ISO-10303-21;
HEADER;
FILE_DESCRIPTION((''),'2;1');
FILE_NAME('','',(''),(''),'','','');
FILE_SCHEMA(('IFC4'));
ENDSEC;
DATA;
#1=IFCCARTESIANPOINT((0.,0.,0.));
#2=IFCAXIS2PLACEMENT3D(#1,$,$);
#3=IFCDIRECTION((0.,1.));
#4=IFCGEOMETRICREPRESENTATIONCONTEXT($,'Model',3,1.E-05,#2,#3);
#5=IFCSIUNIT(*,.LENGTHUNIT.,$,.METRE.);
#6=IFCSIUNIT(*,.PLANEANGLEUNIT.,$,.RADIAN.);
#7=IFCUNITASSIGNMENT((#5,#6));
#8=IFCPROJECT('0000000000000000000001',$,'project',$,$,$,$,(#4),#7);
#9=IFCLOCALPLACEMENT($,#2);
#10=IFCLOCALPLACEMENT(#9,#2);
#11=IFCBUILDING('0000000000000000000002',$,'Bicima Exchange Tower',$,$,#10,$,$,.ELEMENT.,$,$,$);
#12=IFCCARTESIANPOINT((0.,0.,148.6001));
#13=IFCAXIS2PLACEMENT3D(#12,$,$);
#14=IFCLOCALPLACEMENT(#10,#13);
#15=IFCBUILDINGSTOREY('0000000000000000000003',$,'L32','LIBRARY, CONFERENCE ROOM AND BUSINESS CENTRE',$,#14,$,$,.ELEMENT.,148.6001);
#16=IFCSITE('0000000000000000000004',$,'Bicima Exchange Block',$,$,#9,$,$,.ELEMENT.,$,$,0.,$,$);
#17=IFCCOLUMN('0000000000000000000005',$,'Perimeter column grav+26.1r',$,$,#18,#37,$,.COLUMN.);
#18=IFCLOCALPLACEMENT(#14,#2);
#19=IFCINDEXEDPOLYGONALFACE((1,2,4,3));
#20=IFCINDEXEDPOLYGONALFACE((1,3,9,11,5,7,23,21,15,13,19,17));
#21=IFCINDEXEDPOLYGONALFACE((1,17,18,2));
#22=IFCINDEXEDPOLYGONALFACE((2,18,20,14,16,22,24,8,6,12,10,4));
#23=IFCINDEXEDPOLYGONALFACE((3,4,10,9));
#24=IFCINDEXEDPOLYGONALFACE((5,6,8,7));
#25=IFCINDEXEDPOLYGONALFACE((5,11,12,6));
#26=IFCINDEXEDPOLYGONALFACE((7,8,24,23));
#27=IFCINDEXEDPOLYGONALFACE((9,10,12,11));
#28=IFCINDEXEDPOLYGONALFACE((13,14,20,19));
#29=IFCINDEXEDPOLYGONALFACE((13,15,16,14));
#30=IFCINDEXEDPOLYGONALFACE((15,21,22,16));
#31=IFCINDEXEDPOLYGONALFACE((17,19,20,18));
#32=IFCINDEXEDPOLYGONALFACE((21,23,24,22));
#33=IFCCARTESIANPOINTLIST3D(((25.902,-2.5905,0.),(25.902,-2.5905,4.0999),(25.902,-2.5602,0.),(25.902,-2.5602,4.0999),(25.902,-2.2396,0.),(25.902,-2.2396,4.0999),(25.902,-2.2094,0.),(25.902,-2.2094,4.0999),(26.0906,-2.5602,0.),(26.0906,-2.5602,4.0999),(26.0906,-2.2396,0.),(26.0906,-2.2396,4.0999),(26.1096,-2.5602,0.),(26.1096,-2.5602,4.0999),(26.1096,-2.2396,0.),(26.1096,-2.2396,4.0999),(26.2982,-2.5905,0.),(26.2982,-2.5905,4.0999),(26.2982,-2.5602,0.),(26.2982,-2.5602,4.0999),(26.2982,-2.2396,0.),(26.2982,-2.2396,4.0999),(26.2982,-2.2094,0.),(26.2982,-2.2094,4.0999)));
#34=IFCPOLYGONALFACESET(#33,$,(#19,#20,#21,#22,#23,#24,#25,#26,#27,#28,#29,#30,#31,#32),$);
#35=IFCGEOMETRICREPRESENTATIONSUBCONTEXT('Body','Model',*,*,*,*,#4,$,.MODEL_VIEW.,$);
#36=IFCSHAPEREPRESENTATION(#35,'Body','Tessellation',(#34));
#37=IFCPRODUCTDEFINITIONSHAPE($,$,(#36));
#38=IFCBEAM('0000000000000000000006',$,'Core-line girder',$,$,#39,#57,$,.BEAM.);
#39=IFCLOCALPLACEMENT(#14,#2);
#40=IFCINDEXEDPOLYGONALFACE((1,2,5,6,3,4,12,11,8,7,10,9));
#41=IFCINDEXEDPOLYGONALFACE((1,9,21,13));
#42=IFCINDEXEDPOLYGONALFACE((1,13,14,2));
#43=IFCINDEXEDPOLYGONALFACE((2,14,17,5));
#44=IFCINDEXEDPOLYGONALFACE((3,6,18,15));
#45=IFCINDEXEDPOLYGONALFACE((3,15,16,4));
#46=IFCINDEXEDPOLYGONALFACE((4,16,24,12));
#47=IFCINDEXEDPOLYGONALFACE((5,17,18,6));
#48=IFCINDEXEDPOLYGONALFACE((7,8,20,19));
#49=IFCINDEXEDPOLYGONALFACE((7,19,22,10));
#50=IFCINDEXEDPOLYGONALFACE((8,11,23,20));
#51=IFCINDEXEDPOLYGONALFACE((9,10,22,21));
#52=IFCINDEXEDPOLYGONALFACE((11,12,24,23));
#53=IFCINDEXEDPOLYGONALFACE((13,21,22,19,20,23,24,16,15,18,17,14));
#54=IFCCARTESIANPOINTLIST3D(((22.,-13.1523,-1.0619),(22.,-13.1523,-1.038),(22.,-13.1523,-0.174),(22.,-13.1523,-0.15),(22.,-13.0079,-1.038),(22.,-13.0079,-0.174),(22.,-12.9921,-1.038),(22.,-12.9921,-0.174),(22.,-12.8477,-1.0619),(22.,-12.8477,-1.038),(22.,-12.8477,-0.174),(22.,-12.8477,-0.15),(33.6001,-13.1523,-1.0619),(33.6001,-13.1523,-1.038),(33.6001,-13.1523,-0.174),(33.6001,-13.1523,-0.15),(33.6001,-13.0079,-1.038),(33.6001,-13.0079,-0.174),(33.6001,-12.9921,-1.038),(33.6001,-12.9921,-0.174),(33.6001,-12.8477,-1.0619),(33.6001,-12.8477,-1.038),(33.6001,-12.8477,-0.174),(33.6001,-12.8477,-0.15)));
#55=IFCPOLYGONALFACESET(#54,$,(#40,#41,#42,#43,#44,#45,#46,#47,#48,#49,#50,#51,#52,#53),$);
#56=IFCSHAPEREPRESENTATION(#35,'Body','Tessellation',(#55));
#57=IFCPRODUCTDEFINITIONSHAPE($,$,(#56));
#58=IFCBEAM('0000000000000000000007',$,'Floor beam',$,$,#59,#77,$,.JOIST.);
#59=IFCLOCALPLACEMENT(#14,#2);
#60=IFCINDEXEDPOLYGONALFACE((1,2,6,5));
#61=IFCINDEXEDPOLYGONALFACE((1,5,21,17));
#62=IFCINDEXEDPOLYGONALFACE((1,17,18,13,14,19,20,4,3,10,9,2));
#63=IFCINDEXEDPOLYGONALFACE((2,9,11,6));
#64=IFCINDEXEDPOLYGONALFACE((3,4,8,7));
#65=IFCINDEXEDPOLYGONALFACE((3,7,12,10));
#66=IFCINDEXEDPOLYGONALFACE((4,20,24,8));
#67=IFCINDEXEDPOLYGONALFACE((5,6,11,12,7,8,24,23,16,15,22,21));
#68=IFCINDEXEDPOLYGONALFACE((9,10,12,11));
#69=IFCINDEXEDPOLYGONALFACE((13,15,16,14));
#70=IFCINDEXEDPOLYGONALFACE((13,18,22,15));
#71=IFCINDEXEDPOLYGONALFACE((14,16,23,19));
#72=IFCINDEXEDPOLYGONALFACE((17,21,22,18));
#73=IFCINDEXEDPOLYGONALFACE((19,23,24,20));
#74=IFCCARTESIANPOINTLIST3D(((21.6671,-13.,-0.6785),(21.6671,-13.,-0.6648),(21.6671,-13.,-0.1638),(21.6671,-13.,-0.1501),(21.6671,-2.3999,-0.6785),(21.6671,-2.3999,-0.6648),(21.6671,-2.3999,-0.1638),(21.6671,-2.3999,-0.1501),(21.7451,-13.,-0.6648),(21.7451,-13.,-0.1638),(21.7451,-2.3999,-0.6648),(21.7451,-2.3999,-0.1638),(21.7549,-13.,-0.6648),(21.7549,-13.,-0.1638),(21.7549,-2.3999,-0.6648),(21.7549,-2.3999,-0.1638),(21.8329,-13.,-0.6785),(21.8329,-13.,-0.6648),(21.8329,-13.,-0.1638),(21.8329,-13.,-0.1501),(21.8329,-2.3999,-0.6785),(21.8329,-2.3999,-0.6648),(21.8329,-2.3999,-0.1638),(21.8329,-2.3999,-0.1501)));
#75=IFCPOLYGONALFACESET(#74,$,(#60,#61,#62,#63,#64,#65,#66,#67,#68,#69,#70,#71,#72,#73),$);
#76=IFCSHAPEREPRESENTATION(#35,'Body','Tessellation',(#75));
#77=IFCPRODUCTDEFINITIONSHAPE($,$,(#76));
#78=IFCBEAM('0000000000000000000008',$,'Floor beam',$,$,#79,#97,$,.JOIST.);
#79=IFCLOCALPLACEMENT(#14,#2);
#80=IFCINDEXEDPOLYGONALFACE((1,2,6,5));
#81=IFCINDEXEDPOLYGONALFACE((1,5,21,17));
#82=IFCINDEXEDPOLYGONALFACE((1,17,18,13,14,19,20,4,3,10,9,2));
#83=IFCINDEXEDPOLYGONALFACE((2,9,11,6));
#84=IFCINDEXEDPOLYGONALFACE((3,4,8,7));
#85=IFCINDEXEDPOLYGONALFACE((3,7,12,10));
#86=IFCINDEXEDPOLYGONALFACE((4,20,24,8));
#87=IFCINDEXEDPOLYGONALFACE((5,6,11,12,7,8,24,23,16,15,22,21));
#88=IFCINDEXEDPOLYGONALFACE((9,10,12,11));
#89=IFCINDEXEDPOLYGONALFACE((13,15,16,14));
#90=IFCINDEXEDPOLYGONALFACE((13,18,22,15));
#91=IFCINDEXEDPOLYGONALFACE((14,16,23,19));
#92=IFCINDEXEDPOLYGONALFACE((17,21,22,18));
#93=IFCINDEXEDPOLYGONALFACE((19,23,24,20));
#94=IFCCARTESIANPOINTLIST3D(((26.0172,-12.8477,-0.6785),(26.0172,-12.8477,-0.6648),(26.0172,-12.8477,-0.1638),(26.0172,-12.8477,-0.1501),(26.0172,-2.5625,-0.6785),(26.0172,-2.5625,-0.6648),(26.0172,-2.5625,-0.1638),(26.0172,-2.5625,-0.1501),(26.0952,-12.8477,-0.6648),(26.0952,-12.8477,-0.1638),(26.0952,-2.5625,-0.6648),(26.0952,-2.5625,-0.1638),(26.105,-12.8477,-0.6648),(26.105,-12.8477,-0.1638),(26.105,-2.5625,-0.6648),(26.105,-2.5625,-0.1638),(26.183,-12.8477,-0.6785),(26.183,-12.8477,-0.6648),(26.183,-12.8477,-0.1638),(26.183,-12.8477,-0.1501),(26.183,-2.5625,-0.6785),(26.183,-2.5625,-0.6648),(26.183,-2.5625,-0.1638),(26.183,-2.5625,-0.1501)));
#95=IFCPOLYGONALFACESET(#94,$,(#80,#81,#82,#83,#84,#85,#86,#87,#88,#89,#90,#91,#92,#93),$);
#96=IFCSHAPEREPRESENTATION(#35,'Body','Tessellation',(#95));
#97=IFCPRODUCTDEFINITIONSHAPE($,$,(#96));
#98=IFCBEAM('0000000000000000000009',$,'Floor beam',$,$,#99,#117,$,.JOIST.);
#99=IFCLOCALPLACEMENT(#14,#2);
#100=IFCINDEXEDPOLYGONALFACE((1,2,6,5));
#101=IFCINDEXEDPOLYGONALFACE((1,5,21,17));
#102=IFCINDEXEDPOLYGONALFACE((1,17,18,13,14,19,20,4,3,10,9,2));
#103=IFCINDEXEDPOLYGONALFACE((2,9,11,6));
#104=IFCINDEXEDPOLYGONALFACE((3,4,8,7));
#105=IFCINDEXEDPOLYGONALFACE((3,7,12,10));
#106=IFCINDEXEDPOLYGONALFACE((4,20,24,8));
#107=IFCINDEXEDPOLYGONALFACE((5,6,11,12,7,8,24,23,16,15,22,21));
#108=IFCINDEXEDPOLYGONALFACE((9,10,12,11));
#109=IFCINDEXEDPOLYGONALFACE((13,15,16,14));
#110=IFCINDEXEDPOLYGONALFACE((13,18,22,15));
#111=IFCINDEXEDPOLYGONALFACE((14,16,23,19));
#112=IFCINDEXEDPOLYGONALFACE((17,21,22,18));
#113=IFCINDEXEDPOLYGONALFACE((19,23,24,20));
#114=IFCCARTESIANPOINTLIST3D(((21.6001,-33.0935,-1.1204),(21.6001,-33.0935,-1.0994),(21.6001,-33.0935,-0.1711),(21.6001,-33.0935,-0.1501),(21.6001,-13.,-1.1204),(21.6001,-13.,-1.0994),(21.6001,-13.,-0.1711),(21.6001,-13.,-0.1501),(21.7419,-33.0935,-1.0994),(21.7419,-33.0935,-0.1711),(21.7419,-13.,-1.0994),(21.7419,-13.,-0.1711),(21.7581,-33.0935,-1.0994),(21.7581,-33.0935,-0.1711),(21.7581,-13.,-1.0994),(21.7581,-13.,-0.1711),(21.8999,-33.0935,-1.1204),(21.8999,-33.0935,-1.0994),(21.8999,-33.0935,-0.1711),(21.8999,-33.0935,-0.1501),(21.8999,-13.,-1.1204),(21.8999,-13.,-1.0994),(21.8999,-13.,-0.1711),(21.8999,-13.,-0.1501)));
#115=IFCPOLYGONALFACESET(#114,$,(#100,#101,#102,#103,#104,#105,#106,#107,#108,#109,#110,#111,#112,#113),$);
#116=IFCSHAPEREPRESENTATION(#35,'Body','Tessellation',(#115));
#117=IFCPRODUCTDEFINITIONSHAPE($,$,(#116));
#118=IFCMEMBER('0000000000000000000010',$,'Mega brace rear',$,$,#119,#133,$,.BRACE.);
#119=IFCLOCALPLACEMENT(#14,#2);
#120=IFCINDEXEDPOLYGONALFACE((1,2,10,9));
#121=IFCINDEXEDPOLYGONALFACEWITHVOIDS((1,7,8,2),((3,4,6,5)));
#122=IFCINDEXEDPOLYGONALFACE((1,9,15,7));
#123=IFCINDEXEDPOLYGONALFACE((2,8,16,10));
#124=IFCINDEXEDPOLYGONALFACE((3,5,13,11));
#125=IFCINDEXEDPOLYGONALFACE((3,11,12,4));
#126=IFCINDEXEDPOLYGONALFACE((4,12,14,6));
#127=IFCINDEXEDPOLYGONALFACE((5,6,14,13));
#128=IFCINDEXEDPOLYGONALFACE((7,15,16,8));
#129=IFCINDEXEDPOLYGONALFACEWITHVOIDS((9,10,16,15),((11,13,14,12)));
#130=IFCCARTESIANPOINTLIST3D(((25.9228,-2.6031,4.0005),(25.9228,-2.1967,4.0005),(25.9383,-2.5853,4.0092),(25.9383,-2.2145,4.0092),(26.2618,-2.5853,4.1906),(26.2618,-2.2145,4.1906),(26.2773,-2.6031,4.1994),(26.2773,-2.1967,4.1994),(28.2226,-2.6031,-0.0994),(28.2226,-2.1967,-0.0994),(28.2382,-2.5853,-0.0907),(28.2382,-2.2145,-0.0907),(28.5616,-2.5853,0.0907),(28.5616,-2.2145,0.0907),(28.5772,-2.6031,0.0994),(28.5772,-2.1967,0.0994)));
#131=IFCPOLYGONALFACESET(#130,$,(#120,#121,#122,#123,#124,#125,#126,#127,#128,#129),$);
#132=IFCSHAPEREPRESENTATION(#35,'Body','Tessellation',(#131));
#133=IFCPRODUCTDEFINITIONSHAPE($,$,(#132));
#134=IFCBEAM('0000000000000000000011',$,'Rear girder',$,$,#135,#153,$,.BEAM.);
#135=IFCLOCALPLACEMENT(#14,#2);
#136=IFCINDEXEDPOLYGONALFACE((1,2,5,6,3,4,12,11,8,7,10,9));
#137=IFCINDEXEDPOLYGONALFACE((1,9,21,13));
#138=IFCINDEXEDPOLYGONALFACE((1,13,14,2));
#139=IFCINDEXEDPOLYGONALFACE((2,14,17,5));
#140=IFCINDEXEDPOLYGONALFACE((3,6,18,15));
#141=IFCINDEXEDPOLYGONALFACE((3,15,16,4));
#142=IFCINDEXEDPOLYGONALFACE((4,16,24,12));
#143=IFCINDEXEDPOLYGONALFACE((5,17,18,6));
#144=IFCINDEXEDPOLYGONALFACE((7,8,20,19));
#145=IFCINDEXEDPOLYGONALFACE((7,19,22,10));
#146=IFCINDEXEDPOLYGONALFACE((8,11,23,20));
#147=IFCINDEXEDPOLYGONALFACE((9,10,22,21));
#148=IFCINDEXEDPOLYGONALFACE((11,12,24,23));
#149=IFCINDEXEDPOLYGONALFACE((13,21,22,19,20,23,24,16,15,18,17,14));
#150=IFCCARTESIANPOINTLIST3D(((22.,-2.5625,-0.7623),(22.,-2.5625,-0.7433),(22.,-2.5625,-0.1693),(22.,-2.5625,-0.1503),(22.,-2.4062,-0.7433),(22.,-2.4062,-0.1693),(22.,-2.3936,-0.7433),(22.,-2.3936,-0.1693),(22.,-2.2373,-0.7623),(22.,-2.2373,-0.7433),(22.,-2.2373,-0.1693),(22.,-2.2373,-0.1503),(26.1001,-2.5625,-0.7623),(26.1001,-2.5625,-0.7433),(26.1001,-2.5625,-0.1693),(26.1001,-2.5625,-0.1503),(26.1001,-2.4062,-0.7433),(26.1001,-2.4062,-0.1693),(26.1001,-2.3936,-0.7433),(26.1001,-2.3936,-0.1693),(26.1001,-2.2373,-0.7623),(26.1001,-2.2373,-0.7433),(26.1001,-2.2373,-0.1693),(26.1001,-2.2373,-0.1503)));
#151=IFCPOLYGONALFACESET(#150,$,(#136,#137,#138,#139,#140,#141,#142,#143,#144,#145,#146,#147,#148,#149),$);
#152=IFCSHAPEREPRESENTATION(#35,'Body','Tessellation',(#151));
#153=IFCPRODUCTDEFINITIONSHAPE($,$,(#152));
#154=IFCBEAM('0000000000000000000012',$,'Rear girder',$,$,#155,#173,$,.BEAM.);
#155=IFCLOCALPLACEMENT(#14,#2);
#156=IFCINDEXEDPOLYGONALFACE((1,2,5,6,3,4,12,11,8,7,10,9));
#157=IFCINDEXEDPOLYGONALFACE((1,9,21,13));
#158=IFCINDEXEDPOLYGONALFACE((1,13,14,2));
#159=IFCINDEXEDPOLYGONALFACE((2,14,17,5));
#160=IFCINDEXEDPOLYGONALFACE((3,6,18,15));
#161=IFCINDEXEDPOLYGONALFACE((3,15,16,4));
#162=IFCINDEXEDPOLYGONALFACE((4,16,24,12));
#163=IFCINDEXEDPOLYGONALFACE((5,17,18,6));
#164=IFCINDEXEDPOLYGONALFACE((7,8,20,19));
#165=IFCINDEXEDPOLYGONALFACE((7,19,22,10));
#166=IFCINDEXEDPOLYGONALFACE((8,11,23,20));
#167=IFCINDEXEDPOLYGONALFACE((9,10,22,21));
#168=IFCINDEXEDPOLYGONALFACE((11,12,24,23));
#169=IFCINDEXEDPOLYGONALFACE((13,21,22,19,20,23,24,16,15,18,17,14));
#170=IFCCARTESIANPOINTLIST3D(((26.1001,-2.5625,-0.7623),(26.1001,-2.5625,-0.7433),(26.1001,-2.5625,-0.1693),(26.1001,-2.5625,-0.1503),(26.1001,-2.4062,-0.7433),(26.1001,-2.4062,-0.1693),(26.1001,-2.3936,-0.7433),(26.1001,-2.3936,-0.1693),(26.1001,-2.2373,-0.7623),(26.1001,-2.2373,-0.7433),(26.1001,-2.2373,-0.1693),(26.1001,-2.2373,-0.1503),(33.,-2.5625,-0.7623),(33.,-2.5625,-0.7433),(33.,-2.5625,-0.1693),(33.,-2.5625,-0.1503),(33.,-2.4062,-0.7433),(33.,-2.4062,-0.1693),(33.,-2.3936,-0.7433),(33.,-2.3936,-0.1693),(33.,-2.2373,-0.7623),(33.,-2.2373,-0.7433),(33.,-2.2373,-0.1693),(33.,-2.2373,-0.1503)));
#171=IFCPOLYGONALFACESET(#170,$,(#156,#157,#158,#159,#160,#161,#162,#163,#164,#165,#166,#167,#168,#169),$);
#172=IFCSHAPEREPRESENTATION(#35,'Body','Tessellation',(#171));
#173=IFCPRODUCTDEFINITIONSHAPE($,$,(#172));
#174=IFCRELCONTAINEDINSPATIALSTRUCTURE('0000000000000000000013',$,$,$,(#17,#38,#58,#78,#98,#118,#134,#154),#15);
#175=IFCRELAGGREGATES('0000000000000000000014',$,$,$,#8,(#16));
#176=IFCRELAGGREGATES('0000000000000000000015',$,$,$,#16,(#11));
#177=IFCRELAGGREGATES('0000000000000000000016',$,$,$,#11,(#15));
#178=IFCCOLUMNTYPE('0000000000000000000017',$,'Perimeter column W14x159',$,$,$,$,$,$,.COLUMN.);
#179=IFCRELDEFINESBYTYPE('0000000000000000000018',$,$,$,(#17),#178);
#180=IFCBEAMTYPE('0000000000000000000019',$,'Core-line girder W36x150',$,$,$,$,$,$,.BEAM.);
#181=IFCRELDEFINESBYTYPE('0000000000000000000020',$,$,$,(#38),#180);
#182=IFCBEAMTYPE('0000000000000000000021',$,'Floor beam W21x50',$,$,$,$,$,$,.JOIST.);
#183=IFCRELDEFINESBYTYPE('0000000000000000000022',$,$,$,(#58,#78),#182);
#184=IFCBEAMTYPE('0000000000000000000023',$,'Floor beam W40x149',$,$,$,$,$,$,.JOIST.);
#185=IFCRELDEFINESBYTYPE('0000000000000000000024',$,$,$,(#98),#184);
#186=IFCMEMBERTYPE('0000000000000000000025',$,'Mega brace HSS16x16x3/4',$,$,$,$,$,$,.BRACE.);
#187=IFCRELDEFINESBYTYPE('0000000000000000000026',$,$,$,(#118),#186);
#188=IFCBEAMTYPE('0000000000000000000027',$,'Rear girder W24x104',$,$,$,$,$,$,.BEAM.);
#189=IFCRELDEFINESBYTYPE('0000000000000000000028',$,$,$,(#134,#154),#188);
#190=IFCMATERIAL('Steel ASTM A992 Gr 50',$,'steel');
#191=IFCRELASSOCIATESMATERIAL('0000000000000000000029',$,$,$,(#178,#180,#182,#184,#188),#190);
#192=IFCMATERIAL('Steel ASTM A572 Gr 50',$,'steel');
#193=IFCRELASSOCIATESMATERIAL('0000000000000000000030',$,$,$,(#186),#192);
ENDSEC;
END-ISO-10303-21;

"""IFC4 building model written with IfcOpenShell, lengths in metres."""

from ifc_helpers import new_model, si_unit, direction, frame, origin, origin_2d, place, context, subcontext, project, spatial, hollow_rectangle, i_section, extrude, material, material_profile, profile_set, type_object, element, save


model = new_model("IFC4")

# Units and contexts
model_context = context("Model", 3, precision=1e-05, world=origin(), true_north=direction((0.0, 1.0)))
body_context = subcontext(model_context, "Body", "Model", "MODEL_VIEW")
ifc_project = project(units=[si_unit("LENGTHUNIT", "METRE"), si_unit("PLANEANGLEUNIT", "RADIAN")], contexts=[model_context])

# Site, building, storey
site_placement = place(None, origin())
site = spatial("IfcSite", under=ifc_project, at=site_placement, Name="Bicima Exchange Block", CompositionType="ELEMENT", RefElevation=0.0)
building_placement = place(site_placement, origin())
building = spatial("IfcBuilding", under=site, at=building_placement, Name="Bicima Exchange Tower", CompositionType="ELEMENT")
storey_placement = place(building_placement, frame((0.0, 0.0, 148.6001)))
storey = spatial("IfcBuildingStorey", under=building, at=storey_placement, Name="L32", Description="LIBRARY, CONFERENCE ROOM AND BUSINESS CENTRE", CompositionType="ELEMENT", Elevation=148.6001)

# Column
ifc_material_1 = material(Name="Steel ASTM A992 Gr 50", Category="steel")
ifc_material_profile_1 = material_profile(ifc_material_1, i_section(OverallWidth=0.3962, OverallDepth=0.3811, WebThickness=0.019, FlangeThickness=0.0303, at=origin_2d()))
ifc_profile_set_1 = profile_set([ifc_material_profile_1], Name="Steel ASTM A992 Gr 50")
column_type = type_object("IfcColumnType", Name="Perimeter column W14x159", PredefinedType="COLUMN", material=ifc_profile_set_1)
column_placement = place(storey_placement, frame((26.1001, -2.3999, 0.0), z_axis=(0.0, 0.0, 1.0), x_axis=(1.0, 0.0, 0.0)))
element("IfcColumn", 1, at=column_placement, inside=storey, type_object=column_type, Name="Perimeter column grav+26.1r", PredefinedType="COLUMN", context=body_context, shape_type="SweptSolid", body=[
    extrude(i_section(OverallWidth=0.3962, OverallDepth=0.3811, WebThickness=0.019, FlangeThickness=0.0303, at=origin_2d()), origin(), (0.0, 0.0, 1.0), 4.0999),
])

# Beams
ifc_material_profile_2 = material_profile(ifc_material_1, i_section(OverallWidth=0.3047, OverallDepth=0.9119, WebThickness=0.0159, FlangeThickness=0.0239, at=origin_2d()))
ifc_profile_set_2 = profile_set([ifc_material_profile_2], Name="Steel ASTM A992 Gr 50")
beam_type_1 = type_object("IfcBeamType", Name="Core-line girder W36x150", PredefinedType="BEAM", material=ifc_profile_set_2)
beam_1_placement = place(storey_placement, frame((22.0, -13.0, -0.606), z_axis=(1.0, 0.0, 0.0), x_axis=(0.0, 1.0, 0.0)))
element("IfcBeam", 2, at=beam_1_placement, inside=storey, type_object=beam_type_1, Name="Core-line girder", PredefinedType="BEAM", context=body_context, shape_type="SweptSolid", body=[
    extrude(i_section(OverallWidth=0.3047, OverallDepth=0.9119, WebThickness=0.0159, FlangeThickness=0.0239, at=origin_2d()), origin(), (0.0, 0.0, 1.0), 11.6001),
])
ifc_material_profile_3 = material_profile(ifc_material_1, i_section(OverallWidth=0.1658, OverallDepth=0.5283, WebThickness=0.0098, FlangeThickness=0.0137, at=origin_2d()))
ifc_profile_set_3 = profile_set([ifc_material_profile_3], Name="Steel ASTM A992 Gr 50")
beam_type_2 = type_object("IfcBeamType", Name="Floor beam W21x50", PredefinedType="JOIST", material=ifc_profile_set_3)
beam_2_placement = place(storey_placement, frame((21.75, -2.3999, -0.4143), z_axis=(0.0, -1.0, 0.0), x_axis=(1.0, 0.0, 0.0)))
element("IfcBeam", 3, at=beam_2_placement, inside=storey, type_object=beam_type_2, Name="Floor beam", PredefinedType="JOIST", context=body_context, shape_type="SweptSolid", body=[
    extrude(i_section(OverallWidth=0.1658, OverallDepth=0.5283, WebThickness=0.0098, FlangeThickness=0.0137, at=origin_2d()), origin(), (0.0, 0.0, 1.0), 10.6001),
])
beam_3_placement = place(storey_placement, frame((26.1001, -2.5625, -0.4143), z_axis=(0.0, -1.0, 0.0), x_axis=(1.0, 0.0, 0.0)))
element("IfcBeam", 4, at=beam_3_placement, inside=storey, type_object=beam_type_2, Name="Floor beam", PredefinedType="JOIST", context=body_context, shape_type="SweptSolid", body=[
    extrude(i_section(OverallWidth=0.1658, OverallDepth=0.5283, WebThickness=0.0098, FlangeThickness=0.0137, at=origin_2d()), origin(), (0.0, 0.0, 1.0), 10.2852),
])
ifc_material_profile_4 = material_profile(ifc_material_1, i_section(OverallWidth=0.2998, OverallDepth=0.9702, WebThickness=0.0161, FlangeThickness=0.021, at=origin_2d()))
ifc_profile_set_4 = profile_set([ifc_material_profile_4], Name="Steel ASTM A992 Gr 50")
beam_type_3 = type_object("IfcBeamType", Name="Floor beam W40x149", PredefinedType="JOIST", material=ifc_profile_set_4)
beam_4_placement = place(storey_placement, frame((21.75, -13.0, -0.6353), z_axis=(0.0, -1.0, 0.0), x_axis=(1.0, 0.0, 0.0)))
element("IfcBeam", 5, at=beam_4_placement, inside=storey, type_object=beam_type_3, Name="Floor beam", PredefinedType="JOIST", context=body_context, shape_type="SweptSolid", body=[
    extrude(i_section(OverallWidth=0.2998, OverallDepth=0.9702, WebThickness=0.0161, FlangeThickness=0.021, at=origin_2d()), origin(), (0.0, 0.0, 1.0), 20.0935),
])

# Member
ifc_material_2 = material(Name="Steel ASTM A572 Gr 50", Category="steel")
ifc_material_profile_5 = material_profile(ifc_material_2, hollow_rectangle(XDim=0.4065, YDim=0.4065, WallThickness=0.0178, at=origin_2d()))
ifc_profile_set_5 = profile_set([ifc_material_profile_5], Name="Steel ASTM A572 Gr 50")
member_type = type_object("IfcMemberType", Name="Mega brace HSS16x16x3/4", PredefinedType="BRACE", material=ifc_profile_set_5)
member_placement = place(storey_placement, frame((28.3999, -2.3999, 0.0), z_axis=(-0.489233, 0.0, 0.872153), x_axis=(0.0, -1.0, 0.0)))
element("IfcMember", 6, at=member_placement, inside=storey, type_object=member_type, Name="Mega brace rear", PredefinedType="BRACE", context=body_context, shape_type="SweptSolid", body=[
    extrude(hollow_rectangle(XDim=0.4065, YDim=0.4065, WallThickness=0.0178, at=origin_2d()), origin(), (0.0, 0.0, 1.0), 4.7009),
])

# Beams
ifc_material_profile_6 = material_profile(ifc_material_1, i_section(OverallWidth=0.3252, OverallDepth=0.6121, WebThickness=0.0127, FlangeThickness=0.019, at=origin_2d()))
ifc_profile_set_6 = profile_set([ifc_material_profile_6], Name="Steel ASTM A992 Gr 50")
beam_type_4 = type_object("IfcBeamType", Name="Rear girder W24x104", PredefinedType="BEAM", material=ifc_profile_set_6)
beam_5_placement = place(storey_placement, frame((22.0, -2.3999, -0.4563), z_axis=(1.0, 0.0, 0.0), x_axis=(0.0, 1.0, 0.0)))
element("IfcBeam", 7, at=beam_5_placement, inside=storey, type_object=beam_type_4, Name="Rear girder", PredefinedType="BEAM", context=body_context, shape_type="SweptSolid", body=[
    extrude(i_section(OverallWidth=0.3252, OverallDepth=0.6121, WebThickness=0.0127, FlangeThickness=0.019, at=origin_2d()), origin(), (0.0, 0.0, 1.0), 4.1001),
])
beam_6_placement = place(storey_placement, frame((26.1001, -2.3999, -0.4563), z_axis=(1.0, 0.0, 0.0), x_axis=(0.0, 1.0, 0.0)))
element("IfcBeam", 8, at=beam_6_placement, inside=storey, type_object=beam_type_4, Name="Rear girder", PredefinedType="BEAM", context=body_context, shape_type="SweptSolid", body=[
    extrude(i_section(OverallWidth=0.3252, OverallDepth=0.6121, WebThickness=0.0127, FlangeThickness=0.019, at=origin_2d()), origin(), (0.0, 0.0, 1.0), 6.8999),
])

save(model, "model.ifc")
